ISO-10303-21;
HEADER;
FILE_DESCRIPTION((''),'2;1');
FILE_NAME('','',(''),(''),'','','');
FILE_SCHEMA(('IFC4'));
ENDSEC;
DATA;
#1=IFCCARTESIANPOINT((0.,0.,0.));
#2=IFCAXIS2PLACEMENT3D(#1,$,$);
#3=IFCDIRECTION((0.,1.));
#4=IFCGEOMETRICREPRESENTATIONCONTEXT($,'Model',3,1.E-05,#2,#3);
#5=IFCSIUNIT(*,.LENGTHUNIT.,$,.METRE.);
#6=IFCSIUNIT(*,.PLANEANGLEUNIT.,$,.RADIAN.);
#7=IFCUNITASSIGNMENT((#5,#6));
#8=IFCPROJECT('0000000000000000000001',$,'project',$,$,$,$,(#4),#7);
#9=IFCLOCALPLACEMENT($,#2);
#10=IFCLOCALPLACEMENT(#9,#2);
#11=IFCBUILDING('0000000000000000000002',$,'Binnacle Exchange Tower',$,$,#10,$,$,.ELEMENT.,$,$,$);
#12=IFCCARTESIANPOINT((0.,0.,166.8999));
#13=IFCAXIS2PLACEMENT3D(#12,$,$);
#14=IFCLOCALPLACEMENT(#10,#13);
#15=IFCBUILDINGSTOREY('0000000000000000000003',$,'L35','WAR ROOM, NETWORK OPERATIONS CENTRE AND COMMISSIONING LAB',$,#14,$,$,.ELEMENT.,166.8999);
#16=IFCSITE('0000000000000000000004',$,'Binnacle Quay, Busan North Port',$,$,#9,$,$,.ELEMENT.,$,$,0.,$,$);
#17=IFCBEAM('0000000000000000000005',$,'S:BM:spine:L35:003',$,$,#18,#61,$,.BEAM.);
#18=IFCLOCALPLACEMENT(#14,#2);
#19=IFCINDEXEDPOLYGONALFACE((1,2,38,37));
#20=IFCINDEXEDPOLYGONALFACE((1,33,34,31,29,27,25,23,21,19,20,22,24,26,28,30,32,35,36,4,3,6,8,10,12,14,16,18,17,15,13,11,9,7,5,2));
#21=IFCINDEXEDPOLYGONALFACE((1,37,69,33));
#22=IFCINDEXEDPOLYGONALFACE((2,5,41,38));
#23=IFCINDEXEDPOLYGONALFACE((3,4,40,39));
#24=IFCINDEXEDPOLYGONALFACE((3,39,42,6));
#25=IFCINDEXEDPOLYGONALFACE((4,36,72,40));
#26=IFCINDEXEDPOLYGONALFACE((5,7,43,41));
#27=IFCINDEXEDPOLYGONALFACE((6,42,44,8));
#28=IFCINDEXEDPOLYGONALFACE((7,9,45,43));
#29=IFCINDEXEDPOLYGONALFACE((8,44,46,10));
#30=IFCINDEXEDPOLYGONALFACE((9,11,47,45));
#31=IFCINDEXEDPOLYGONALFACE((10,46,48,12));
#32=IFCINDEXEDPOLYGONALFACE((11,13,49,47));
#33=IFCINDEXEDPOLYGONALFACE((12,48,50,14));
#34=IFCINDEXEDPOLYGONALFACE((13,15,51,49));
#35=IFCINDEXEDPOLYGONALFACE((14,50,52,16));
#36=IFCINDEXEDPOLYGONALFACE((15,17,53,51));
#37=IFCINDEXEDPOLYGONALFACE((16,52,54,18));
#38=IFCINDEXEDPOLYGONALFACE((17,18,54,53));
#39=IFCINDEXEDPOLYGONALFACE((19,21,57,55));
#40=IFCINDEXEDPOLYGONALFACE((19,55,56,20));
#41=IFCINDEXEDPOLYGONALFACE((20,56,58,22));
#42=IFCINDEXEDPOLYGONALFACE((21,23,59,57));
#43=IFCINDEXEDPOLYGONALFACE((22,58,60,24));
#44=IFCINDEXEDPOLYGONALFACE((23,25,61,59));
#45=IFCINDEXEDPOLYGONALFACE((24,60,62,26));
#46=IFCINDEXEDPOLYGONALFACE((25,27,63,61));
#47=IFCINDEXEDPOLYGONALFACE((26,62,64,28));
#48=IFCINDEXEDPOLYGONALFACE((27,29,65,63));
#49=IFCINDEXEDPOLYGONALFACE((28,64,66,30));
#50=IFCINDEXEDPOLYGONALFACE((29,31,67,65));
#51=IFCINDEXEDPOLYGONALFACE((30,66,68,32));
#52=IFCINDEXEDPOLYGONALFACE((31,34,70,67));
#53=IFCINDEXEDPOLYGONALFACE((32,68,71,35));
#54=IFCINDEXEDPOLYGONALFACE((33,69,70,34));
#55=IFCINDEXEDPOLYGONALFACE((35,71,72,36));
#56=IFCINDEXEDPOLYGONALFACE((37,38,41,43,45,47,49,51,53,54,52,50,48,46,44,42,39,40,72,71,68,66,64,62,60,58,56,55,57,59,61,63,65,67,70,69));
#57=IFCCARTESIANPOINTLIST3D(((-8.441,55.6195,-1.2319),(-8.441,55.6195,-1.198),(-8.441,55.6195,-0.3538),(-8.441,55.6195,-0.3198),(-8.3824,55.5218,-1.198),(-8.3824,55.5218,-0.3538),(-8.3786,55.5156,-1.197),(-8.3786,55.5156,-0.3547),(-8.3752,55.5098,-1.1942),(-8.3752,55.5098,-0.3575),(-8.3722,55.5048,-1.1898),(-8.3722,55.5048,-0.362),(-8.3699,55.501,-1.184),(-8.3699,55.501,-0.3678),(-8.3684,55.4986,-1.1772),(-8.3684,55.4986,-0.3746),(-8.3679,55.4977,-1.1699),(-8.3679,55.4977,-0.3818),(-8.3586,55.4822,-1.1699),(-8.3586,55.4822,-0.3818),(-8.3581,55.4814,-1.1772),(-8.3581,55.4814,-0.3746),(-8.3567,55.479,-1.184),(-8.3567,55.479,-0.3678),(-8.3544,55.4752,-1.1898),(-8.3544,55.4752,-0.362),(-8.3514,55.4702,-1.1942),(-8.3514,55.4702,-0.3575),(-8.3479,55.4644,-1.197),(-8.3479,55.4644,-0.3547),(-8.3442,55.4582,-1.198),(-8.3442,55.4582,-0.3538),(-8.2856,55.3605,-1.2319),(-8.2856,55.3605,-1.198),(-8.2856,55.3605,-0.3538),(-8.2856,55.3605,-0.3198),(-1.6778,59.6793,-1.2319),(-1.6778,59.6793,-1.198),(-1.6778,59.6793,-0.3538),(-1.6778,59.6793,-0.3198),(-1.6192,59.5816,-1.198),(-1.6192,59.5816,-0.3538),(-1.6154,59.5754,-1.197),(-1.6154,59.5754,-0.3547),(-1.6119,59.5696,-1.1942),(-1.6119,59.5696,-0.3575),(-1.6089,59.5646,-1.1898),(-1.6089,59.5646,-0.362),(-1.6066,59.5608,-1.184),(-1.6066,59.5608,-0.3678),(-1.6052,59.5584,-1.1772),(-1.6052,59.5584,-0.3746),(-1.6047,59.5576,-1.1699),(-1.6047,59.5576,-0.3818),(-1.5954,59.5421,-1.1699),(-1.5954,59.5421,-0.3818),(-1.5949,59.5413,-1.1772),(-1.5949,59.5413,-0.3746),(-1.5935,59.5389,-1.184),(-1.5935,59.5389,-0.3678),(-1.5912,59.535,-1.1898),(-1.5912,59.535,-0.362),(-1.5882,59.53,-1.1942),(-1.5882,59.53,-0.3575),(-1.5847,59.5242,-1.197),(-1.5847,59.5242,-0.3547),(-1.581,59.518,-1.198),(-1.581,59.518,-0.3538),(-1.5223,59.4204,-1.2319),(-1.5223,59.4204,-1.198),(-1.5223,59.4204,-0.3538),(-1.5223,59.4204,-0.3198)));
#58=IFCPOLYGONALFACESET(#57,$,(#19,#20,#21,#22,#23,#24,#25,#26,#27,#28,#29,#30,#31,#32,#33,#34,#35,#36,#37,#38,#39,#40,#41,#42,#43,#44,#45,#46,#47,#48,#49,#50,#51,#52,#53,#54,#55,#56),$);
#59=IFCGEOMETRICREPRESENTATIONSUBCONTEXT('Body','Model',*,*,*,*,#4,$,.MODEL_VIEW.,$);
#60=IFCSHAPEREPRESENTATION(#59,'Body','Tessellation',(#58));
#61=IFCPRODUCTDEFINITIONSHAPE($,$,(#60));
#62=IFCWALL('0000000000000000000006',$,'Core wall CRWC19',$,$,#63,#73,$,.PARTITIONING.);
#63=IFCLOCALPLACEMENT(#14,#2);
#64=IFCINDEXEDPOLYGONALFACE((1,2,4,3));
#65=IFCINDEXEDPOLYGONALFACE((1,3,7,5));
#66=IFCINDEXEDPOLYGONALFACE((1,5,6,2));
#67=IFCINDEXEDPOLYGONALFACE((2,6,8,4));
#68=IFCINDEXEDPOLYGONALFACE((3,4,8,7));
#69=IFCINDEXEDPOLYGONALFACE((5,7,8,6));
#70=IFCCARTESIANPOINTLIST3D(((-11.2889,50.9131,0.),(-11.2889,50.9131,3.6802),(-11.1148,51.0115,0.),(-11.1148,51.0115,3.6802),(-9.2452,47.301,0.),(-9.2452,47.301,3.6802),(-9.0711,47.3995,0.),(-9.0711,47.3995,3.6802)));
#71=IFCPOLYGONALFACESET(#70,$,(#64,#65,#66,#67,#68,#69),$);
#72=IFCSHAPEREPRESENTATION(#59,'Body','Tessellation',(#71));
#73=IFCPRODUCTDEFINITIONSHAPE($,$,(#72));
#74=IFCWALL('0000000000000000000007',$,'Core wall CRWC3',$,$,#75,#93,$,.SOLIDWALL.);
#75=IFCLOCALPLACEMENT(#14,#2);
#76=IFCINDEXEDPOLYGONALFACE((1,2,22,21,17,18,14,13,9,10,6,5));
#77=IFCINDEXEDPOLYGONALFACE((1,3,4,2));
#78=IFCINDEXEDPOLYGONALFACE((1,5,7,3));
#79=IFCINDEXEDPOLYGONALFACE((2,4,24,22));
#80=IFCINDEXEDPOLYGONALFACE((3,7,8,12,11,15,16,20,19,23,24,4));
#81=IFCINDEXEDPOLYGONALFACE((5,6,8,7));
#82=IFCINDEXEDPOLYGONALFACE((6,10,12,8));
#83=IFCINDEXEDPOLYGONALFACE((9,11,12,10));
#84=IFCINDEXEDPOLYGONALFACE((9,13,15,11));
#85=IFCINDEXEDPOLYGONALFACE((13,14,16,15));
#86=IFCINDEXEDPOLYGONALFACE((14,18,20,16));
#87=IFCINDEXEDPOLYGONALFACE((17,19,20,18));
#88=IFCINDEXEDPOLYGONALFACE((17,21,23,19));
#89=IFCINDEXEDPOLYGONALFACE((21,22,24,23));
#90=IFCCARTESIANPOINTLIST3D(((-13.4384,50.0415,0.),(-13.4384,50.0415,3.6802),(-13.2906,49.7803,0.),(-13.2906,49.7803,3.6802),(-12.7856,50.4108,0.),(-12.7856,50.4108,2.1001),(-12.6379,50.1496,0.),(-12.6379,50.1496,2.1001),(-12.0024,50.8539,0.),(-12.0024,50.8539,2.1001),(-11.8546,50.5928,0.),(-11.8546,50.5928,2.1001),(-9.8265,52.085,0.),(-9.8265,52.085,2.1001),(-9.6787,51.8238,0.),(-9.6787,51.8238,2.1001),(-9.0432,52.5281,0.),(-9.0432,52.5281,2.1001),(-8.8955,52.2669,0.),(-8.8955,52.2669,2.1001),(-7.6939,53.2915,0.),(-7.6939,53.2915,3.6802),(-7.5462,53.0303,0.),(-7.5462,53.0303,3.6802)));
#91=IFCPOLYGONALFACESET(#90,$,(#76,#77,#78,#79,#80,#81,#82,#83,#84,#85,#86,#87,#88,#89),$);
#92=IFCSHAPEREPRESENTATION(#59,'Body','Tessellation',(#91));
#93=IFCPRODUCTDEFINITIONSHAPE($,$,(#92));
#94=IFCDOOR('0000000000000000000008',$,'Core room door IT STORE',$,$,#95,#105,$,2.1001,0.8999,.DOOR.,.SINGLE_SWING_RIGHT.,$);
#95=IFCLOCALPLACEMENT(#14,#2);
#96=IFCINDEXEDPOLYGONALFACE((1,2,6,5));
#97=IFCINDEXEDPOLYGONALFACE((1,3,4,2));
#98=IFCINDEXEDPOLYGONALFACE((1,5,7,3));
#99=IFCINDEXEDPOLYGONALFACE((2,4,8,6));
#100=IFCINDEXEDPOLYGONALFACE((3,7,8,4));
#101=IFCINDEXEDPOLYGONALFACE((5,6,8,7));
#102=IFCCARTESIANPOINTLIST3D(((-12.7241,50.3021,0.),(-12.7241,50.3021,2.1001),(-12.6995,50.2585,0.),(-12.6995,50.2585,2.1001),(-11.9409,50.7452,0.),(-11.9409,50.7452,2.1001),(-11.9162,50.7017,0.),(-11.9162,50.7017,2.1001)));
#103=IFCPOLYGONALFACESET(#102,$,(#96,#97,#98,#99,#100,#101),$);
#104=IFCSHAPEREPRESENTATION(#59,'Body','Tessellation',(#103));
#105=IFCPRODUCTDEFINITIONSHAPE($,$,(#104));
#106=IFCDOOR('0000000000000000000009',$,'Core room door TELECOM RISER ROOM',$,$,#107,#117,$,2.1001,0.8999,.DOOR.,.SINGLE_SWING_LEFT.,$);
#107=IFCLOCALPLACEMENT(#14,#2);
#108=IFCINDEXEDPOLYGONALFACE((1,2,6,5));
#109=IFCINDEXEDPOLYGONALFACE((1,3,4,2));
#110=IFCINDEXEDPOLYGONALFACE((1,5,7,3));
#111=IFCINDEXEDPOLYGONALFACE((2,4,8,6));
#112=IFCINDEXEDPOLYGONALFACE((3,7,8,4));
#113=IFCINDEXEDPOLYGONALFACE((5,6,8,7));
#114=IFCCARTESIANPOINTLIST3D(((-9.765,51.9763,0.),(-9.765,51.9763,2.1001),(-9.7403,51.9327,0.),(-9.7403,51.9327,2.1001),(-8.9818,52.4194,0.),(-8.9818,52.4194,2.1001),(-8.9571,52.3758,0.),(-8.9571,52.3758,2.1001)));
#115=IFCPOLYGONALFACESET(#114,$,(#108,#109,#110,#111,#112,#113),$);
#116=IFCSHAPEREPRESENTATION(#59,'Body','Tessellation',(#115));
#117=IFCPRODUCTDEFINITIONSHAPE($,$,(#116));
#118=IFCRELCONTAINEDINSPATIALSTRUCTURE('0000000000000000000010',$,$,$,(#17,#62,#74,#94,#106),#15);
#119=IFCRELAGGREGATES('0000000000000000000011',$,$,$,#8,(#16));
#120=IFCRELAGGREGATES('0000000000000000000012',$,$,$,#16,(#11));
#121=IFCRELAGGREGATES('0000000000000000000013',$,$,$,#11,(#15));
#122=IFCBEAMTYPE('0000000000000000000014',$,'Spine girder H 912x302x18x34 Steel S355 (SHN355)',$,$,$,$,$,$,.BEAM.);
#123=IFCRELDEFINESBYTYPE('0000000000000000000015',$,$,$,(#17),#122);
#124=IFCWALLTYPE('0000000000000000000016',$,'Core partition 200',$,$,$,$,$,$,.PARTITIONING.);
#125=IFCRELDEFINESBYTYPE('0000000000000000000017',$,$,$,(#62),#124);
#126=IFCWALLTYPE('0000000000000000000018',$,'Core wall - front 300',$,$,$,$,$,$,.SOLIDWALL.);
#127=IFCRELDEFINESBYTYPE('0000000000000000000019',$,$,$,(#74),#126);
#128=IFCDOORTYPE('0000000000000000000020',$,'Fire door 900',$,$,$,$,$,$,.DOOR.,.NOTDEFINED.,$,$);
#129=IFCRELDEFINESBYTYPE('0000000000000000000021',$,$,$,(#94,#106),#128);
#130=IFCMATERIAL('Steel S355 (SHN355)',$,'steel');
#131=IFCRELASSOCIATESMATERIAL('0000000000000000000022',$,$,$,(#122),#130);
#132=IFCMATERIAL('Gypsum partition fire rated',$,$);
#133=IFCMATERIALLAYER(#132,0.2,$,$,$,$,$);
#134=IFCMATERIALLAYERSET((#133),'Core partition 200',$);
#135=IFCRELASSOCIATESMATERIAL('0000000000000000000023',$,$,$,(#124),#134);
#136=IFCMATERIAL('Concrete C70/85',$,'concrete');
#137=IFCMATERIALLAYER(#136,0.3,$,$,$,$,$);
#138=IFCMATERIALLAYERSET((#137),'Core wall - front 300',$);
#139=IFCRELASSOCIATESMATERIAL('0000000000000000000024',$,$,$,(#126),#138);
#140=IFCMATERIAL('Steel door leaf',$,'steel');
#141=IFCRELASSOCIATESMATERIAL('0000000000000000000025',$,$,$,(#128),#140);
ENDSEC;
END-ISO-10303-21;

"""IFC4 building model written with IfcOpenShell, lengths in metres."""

from ifc_helpers import new_model, si_unit, direction, frame, frame_2d, origin, origin_2d, place, context, subcontext, project, spatial, rectangle, i_section, extrude, material, layer, layer_set, material_profile, profile_set, type_object, element, fill, save


model = new_model("IFC4")

# Units and contexts
model_context = context("Model", 3, precision=1e-05, world=origin(), true_north=direction((0.0, 1.0)))
body_context = subcontext(model_context, "Body", "Model", "MODEL_VIEW")
ifc_project = project(units=[si_unit("LENGTHUNIT", "METRE"), si_unit("PLANEANGLEUNIT", "RADIAN")], contexts=[model_context])

# Site, building, storey
site_placement = place(None, origin())
site = spatial("IfcSite", under=ifc_project, at=site_placement, Name="Binnacle Quay, Busan North Port", CompositionType="ELEMENT", RefElevation=0.0)
building_placement = place(site_placement, origin())
building = spatial("IfcBuilding", under=site, at=building_placement, Name="Binnacle Exchange Tower", CompositionType="ELEMENT")
storey_placement = place(building_placement, frame((0.0, 0.0, 166.8999)))
storey = spatial("IfcBuildingStorey", under=building, at=storey_placement, Name="L35", Description="WAR ROOM, NETWORK OPERATIONS CENTRE AND COMMISSIONING LAB", CompositionType="ELEMENT", Elevation=166.8999)

# Shared definitions
ifc_material_1 = material(Name="Concrete C70/85", Category="concrete")

# Beam
ifc_material_2 = material(Name="Steel S355 (SHN355)", Category="steel")
ifc_material_profile_1 = material_profile(ifc_material_2, i_section(OverallWidth=0.302, OverallDepth=0.9121, WebThickness=0.0181, FlangeThickness=0.0339, FilletRadius=0.0281, at=origin_2d()), Name="H 912x302x18x34")
ifc_profile_set_1 = profile_set([ifc_material_profile_1], Name="Steel S355 (SHN355)")
beam_type_1 = type_object("IfcBeamType", Name="Spine girder H 912x302x18x34 Steel S355 (SHN355)", PredefinedType="BEAM", material=ifc_profile_set_1)
beam_1_placement = place(storey_placement, frame((-8.3633, 55.49, -0.7759), z_axis=(0.857386, 0.514673, 0.0), x_axis=(-0.514673, 0.857386, 0.0)))
element("IfcBeam", 1, at=beam_1_placement, inside=storey, type_object=beam_type_1, Name="S:BM:spine:L35:003", PredefinedType="BEAM", context=body_context, shape_type="SweptSolid", body=[
    extrude(i_section(OverallWidth=0.302, OverallDepth=0.9121, WebThickness=0.0181, FlangeThickness=0.0339, FilletRadius=0.0281, at=origin_2d()), origin(), (0.0, 0.0, 1.0), 7.8882),
])

# Wall
ifc_material_3 = material(Name="Gypsum partition fire rated")
ifc_layer_1 = layer(ifc_material_3, 0.2)
ifc_layer_set_1 = layer_set([ifc_layer_1], Name="Core partition 200")
wall_type_1 = type_object("IfcWallType", Name="Core partition 200", PredefinedType="PARTITIONING", material=ifc_layer_set_1)
wall_1_placement = place(storey_placement, frame((-11.2019, 50.9624, 0.0), z_axis=(0.0, 0.0, 1.0), x_axis=(0.492441, -0.870346, 0.0)))
element("IfcWall", 2, at=wall_1_placement, inside=storey, type_object=wall_type_1, Name="Core wall CRWC19", PredefinedType="PARTITIONING", context=body_context, shape_type="SweptSolid", body=[
    extrude(rectangle(XDim=4.1501, YDim=0.2, at=frame_2d((2.0752, 0.0))), origin(), (0.0, 0.0, 1.0), 3.6802),
])

# Wall, openings, doors
ifc_layer_2 = layer(ifc_material_1, 0.3)
ifc_layer_set_2 = layer_set([ifc_layer_2], Name="Core wall - front 300")
wall_type_2 = type_object("IfcWallType", Name="Core wall - front 300", PredefinedType="SOLIDWALL", material=ifc_layer_set_2)
wall_2_placement = place(storey_placement, frame((-13.3645, 49.9109, 0.0), z_axis=(0.0, 0.0, 1.0), x_axis=(0.870357, 0.492422, 0.0)))
wall_2 = element("IfcWall", 3, at=wall_2_placement, inside=storey, type_object=wall_type_2, Name="Core wall CRWC3", PredefinedType="SOLIDWALL", context=body_context, shape_type="SweptSolid", body=[
    extrude(rectangle(XDim=6.6001, YDim=0.3, at=frame_2d((3.3, 0.0))), origin(), (0.0, 0.0, 1.0), 3.6802),
])
opening_1_placement = place(wall_2_placement, frame((0.75, 0.0, 0.0)))
opening_1 = element("IfcOpeningElement", 4, at=opening_1_placement, cuts=wall_2, PredefinedType="OPENING", context=body_context, shape_type="SweptSolid", body=[
    extrude(rectangle(XDim=0.8999, YDim=2.1001, at=frame_2d((0.45, 1.05))), frame((0.0, 0.1599, 0.0), z_axis=(0.0, -1.0, 0.0), x_axis=(1.0, 0.0, 0.0)), (0.0, 0.0, 1.0), 0.3201),
])
opening_2_placement = place(wall_2_placement, frame((4.1499, 0.0, 0.0)))
opening_2 = element("IfcOpeningElement", 5, at=opening_2_placement, cuts=wall_2, PredefinedType="OPENING", context=body_context, shape_type="SweptSolid", body=[
    extrude(rectangle(XDim=0.8999, YDim=2.1001, at=frame_2d((0.45, 1.05))), frame((0.0, 0.1599, 0.0), z_axis=(0.0, -1.0, 0.0), x_axis=(1.0, 0.0, 0.0)), (0.0, 0.0, 1.0), 0.3201),
])
ifc_material_4 = material(Name="Steel door leaf", Category="steel")
door_type_1 = type_object("IfcDoorType", Name="Fire door 900", OperationType="NOTDEFINED", PredefinedType="DOOR", material=ifc_material_4)
door_1_placement = place(opening_1_placement, frame((0.8999, 0.0, 0.0), z_axis=(0.0, 0.0, 1.0), x_axis=(-1.0, 0.0, 0.0)))
door_1 = element("IfcDoor", 6, at=door_1_placement, inside=storey, type_object=door_type_1, Name="Core room door IT STORE", OperationType="SINGLE_SWING_RIGHT", OverallHeight=2.1001, OverallWidth=0.8999, PredefinedType="DOOR", context=body_context, shape_type="SweptSolid", body=[
    extrude(rectangle(XDim=0.8999, YDim=2.1001, at=frame_2d((0.45, 1.05))), frame((0.0, 0.0249, 0.0), z_axis=(0.0, -1.0, 0.0), x_axis=(1.0, 0.0, 0.0)), (0.0, 0.0, 1.0), 0.05),
])
fill(opening_1, door_1)
door_2_placement = place(opening_2_placement, frame((0.8999, 0.0, 0.0), z_axis=(0.0, 0.0, 1.0), x_axis=(-1.0, 0.0, 0.0)))
door_2 = element("IfcDoor", 7, at=door_2_placement, inside=storey, type_object=door_type_1, Name="Core room door TELECOM RISER ROOM", OperationType="SINGLE_SWING_LEFT", OverallHeight=2.1001, OverallWidth=0.8999, PredefinedType="DOOR", context=body_context, shape_type="SweptSolid", body=[
    extrude(rectangle(XDim=0.8999, YDim=2.1001, at=frame_2d((0.45, 1.05))), frame((0.0, 0.0249, 0.0), z_axis=(0.0, -1.0, 0.0), x_axis=(1.0, 0.0, 0.0)), (0.0, 0.0, 1.0), 0.05),
])
fill(opening_2, door_2)

save(model, "model.ifc")
